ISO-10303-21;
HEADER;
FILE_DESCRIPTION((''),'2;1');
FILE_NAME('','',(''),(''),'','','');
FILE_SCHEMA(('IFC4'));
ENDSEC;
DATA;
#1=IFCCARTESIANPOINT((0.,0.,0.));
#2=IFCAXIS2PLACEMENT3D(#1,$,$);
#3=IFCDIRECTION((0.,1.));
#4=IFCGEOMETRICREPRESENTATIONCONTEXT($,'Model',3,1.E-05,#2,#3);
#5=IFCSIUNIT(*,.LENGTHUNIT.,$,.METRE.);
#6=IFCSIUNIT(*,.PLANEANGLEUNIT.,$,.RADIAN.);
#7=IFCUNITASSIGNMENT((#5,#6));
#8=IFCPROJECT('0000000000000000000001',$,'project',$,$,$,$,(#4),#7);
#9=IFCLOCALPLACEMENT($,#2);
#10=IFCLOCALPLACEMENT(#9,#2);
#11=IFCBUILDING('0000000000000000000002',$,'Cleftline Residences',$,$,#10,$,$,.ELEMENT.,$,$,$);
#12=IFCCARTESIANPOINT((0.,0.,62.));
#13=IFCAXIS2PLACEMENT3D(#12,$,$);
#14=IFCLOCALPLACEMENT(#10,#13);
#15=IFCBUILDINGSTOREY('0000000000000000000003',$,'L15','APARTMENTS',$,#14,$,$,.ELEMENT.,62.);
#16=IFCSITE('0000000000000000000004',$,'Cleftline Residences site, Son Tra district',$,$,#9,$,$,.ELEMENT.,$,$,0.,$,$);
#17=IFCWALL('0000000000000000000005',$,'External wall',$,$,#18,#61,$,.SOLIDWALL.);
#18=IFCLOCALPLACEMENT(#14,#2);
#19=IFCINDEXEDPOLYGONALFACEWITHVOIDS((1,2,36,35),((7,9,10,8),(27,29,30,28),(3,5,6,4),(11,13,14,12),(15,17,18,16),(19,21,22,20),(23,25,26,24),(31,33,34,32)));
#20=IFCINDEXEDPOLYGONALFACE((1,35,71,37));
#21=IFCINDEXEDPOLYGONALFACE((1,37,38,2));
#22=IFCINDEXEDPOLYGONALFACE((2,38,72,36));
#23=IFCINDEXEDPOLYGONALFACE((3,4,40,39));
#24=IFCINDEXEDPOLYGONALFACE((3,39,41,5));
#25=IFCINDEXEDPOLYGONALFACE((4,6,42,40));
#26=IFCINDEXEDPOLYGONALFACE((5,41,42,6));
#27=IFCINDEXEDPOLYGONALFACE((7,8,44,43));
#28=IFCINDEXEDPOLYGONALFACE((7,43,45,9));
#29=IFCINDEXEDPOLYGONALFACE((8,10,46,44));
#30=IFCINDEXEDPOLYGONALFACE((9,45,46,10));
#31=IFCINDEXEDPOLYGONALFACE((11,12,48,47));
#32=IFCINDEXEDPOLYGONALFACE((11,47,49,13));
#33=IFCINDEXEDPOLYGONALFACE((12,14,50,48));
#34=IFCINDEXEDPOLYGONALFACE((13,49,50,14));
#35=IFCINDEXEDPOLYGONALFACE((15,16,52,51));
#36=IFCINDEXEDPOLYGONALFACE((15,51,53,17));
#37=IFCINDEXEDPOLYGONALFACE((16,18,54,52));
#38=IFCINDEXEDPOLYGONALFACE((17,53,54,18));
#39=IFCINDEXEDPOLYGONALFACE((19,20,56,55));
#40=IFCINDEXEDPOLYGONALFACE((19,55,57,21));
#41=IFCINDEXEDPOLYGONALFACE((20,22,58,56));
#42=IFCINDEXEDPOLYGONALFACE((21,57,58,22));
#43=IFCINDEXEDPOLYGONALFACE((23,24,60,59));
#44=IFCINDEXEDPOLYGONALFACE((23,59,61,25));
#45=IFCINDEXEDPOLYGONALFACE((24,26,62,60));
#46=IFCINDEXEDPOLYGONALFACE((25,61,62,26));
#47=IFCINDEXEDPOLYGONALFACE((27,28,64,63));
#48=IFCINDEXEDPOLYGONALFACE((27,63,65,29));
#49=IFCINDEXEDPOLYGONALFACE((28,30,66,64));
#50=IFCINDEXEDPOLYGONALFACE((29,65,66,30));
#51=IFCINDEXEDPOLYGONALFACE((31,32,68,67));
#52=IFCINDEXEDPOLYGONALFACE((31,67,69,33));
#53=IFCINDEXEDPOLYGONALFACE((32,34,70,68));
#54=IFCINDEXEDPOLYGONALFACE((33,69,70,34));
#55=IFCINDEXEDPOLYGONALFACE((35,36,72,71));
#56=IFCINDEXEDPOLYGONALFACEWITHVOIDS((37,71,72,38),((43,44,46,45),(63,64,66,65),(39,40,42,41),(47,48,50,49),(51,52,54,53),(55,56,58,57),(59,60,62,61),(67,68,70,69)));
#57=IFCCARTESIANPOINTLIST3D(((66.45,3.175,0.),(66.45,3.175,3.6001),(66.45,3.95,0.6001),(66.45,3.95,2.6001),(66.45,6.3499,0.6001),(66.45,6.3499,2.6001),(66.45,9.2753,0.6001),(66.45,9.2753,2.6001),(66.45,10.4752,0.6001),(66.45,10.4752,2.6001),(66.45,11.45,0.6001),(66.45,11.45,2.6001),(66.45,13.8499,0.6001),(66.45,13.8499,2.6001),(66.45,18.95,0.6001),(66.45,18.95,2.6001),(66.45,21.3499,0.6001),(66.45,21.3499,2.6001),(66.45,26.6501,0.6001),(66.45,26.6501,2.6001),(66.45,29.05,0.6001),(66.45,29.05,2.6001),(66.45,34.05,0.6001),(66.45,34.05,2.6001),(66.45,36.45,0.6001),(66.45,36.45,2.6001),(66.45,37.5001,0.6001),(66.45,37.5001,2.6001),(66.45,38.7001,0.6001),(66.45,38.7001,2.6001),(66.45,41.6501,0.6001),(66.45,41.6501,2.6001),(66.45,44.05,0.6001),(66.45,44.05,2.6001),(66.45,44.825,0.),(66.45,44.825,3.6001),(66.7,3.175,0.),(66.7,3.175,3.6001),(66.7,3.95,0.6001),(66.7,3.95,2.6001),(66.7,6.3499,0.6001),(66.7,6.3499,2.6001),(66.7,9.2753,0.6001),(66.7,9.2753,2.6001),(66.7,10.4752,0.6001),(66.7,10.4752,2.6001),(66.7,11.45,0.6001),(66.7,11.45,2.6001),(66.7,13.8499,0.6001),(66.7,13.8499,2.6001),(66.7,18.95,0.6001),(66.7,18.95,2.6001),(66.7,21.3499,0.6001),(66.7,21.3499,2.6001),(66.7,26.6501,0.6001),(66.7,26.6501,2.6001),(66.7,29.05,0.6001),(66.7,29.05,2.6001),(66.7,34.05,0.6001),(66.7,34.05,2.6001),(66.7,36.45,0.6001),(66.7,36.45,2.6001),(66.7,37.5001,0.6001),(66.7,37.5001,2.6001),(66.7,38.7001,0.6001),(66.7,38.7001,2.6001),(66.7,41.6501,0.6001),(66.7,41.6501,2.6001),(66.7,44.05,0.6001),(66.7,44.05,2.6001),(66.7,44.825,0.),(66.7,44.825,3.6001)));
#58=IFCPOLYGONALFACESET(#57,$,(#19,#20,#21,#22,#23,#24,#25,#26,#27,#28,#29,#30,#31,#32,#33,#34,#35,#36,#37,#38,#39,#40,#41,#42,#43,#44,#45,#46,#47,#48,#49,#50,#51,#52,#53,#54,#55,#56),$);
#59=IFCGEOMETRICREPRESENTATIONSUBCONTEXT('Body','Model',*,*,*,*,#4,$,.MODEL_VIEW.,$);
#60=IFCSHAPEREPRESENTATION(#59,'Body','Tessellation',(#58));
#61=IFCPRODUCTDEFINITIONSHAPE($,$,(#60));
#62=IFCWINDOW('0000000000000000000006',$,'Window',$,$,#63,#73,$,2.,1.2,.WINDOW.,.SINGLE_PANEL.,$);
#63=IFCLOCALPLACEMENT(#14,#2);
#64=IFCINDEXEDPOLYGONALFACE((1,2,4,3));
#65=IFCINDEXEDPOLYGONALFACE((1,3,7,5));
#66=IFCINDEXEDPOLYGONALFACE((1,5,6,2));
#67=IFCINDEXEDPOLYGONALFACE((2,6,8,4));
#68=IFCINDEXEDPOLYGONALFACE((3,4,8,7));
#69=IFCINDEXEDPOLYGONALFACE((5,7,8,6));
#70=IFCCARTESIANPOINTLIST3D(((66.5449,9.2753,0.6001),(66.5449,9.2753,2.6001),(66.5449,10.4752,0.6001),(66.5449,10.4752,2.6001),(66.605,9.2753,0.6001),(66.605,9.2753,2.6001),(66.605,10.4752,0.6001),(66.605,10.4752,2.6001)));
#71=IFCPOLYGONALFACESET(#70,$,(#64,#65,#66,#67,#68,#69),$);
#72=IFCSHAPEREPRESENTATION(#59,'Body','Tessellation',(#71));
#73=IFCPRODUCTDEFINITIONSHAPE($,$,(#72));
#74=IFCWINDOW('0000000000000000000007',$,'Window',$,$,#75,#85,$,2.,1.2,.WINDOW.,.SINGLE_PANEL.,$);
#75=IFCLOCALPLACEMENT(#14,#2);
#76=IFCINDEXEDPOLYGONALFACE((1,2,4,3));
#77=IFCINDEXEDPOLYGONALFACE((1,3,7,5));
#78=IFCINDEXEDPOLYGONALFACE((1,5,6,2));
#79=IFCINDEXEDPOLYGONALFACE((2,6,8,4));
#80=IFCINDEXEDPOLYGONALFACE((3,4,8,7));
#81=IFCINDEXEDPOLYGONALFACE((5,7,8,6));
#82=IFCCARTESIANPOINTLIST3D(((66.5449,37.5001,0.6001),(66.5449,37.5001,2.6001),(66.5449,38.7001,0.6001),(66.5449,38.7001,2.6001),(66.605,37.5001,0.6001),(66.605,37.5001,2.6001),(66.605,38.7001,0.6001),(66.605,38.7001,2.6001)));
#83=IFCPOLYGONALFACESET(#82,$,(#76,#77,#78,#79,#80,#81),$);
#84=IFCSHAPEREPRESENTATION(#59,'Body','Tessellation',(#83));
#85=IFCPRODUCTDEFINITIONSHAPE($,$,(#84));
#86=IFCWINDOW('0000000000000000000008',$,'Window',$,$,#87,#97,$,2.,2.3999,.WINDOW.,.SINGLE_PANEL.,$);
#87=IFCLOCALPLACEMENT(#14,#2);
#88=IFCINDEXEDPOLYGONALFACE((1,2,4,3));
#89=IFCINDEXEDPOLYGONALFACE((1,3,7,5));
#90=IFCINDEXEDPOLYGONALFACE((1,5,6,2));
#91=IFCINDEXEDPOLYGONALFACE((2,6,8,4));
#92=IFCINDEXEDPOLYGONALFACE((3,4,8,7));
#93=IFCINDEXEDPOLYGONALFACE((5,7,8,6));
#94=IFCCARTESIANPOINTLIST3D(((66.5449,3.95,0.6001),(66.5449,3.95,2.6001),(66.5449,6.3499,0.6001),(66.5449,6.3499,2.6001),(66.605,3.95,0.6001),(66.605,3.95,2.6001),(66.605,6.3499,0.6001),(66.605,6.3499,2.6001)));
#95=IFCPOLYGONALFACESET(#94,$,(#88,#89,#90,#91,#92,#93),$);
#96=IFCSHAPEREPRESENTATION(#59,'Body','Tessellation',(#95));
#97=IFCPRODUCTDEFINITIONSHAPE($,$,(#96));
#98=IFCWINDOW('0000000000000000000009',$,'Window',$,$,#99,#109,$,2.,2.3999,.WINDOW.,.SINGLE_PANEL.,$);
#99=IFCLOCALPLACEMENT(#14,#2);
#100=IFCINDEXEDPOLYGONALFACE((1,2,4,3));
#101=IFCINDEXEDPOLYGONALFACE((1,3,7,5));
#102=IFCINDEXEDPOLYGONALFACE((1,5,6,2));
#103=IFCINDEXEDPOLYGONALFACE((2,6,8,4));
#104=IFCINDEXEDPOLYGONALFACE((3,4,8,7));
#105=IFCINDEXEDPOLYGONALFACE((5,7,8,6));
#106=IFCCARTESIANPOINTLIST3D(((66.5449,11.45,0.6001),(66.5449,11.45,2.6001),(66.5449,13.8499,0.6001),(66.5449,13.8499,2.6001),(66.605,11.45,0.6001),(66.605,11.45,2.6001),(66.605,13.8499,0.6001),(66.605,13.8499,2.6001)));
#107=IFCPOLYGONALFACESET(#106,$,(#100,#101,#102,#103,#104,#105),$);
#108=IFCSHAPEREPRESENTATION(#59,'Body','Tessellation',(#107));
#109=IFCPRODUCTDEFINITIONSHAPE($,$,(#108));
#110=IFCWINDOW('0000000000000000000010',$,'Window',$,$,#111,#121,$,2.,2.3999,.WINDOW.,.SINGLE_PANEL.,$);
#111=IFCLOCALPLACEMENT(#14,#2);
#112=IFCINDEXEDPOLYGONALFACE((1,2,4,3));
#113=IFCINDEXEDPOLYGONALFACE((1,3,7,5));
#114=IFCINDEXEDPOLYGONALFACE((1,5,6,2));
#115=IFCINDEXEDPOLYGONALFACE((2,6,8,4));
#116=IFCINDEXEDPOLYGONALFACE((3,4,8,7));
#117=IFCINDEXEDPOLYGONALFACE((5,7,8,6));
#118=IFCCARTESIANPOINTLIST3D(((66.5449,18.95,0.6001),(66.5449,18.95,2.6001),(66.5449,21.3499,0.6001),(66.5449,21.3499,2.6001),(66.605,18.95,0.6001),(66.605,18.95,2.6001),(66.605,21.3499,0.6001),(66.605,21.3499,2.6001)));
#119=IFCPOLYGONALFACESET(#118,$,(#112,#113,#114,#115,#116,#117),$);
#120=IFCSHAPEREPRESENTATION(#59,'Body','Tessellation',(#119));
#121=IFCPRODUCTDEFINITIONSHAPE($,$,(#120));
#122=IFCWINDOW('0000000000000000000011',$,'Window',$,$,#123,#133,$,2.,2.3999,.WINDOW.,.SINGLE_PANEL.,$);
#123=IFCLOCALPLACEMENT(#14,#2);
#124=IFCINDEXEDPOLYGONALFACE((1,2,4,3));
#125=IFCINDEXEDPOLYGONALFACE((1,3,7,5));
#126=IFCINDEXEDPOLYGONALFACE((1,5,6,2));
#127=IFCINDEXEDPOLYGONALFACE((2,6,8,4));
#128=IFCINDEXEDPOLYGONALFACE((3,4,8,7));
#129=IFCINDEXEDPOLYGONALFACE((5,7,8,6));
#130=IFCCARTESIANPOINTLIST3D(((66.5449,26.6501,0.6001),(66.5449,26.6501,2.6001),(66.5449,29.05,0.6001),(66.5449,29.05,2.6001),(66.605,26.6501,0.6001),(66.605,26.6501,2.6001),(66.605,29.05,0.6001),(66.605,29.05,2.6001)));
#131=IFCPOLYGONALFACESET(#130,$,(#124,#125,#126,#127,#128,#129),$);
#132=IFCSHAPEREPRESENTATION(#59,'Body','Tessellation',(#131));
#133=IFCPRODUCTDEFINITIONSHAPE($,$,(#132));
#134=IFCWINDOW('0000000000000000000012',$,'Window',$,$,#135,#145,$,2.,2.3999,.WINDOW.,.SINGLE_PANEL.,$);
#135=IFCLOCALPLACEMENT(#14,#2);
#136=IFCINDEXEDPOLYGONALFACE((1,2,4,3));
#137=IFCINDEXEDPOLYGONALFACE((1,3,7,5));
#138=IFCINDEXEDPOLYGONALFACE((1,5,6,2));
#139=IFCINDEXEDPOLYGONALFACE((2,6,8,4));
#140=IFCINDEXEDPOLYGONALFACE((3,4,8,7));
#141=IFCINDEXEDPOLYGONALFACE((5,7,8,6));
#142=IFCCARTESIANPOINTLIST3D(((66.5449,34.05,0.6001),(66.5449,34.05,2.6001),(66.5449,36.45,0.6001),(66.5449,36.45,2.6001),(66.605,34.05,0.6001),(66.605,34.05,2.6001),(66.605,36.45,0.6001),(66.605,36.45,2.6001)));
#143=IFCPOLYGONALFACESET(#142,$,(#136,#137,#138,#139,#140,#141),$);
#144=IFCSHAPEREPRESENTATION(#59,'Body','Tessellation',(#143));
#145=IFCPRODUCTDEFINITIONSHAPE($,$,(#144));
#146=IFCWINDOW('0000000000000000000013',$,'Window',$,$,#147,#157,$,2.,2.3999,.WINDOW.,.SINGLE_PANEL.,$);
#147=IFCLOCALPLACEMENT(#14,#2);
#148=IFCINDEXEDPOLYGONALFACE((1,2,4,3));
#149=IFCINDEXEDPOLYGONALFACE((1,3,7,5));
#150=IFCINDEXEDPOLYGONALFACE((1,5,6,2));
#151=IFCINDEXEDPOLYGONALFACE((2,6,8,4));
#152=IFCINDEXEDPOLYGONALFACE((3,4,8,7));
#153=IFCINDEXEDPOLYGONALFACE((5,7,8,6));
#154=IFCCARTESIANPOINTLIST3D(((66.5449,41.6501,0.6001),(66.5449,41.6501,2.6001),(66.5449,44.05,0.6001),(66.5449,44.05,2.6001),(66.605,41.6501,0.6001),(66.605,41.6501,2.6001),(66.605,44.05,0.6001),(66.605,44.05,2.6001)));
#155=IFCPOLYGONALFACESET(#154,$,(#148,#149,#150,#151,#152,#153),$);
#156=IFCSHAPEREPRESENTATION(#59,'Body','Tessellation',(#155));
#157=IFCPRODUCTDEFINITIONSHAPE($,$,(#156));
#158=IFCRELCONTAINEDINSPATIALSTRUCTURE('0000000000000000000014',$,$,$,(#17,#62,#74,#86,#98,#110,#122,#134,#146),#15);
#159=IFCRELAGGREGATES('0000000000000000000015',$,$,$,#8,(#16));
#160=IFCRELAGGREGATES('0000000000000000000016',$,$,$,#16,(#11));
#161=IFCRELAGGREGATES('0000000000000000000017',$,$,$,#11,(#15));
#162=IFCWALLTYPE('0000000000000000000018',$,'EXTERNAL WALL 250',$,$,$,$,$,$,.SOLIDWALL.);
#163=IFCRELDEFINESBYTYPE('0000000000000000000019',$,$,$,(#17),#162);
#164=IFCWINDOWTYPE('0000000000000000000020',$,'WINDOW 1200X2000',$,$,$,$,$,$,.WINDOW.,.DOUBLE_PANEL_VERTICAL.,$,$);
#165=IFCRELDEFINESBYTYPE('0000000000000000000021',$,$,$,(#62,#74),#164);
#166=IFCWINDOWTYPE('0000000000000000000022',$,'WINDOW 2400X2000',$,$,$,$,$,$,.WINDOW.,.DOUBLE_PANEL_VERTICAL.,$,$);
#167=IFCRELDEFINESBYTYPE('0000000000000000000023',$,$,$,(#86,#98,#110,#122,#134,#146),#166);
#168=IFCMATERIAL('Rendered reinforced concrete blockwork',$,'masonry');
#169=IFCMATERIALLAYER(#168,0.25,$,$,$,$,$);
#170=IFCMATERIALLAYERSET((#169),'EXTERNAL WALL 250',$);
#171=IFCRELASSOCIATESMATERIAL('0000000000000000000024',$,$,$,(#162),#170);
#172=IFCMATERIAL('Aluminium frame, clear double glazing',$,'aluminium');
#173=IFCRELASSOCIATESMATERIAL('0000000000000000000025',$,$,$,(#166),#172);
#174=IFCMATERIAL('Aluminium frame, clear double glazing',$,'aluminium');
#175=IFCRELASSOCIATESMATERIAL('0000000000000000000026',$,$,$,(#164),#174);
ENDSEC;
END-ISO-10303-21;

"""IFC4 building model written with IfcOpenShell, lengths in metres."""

from ifc_helpers import new_model, si_unit, direction, frame, frame_2d, origin, place, context, subcontext, project, spatial, rectangle, extrude, material, layer, layer_set, type_object, element, fill, save


model = new_model("IFC4")

# Units and contexts
model_context = context("Model", 3, precision=1e-05, world=origin(), true_north=direction((0.0, 1.0)))
body_context = subcontext(model_context, "Body", "Model", "MODEL_VIEW")
ifc_project = project(units=[si_unit("LENGTHUNIT", "METRE"), si_unit("PLANEANGLEUNIT", "RADIAN")], contexts=[model_context])

# Site, building, storey
site_placement = place(None, origin())
site = spatial("IfcSite", under=ifc_project, at=site_placement, Name="Cleftline Residences site, Son Tra district", CompositionType="ELEMENT", RefElevation=0.0)
building_placement = place(site_placement, origin())
building = spatial("IfcBuilding", under=site, at=building_placement, Name="Cleftline Residences", CompositionType="ELEMENT")
storey_placement = place(building_placement, frame((0.0, 0.0, 62.0)))
storey = spatial("IfcBuildingStorey", under=building, at=storey_placement, Name="L15", Description="APARTMENTS", CompositionType="ELEMENT", Elevation=62.0)

# Shared definitions
ifc_material_1 = material(Name="Rendered reinforced concrete blockwork", Category="masonry")
ifc_layer_1 = layer(ifc_material_1, 0.25)
ifc_layer_set_1 = layer_set([ifc_layer_1], Name="EXTERNAL WALL 250")
wall_type_1 = type_object("IfcWallType", Name="EXTERNAL WALL 250", PredefinedType="SOLIDWALL", material=ifc_layer_set_1)
ifc_material_2 = material(Name="Aluminium frame, clear double glazing", Category="aluminium")
window_type_1 = type_object("IfcWindowType", Name="WINDOW 2400X2000", PartitioningType="DOUBLE_PANEL_VERTICAL", PredefinedType="WINDOW", material=ifc_material_2)

# Wall, openings, windows
wall_1_placement = place(storey_placement, frame((66.575, 3.175, 0.0), z_axis=(0.0, 0.0, 1.0), x_axis=(0.0, 1.0, 0.0)))
wall_1 = element("IfcWall", 1, at=wall_1_placement, inside=storey, type_object=wall_type_1, Name="External wall", PredefinedType="SOLIDWALL", context=body_context, shape_type="SweptSolid", body=[
    extrude(rectangle(XDim=41.6499, YDim=0.25, at=frame_2d((20.825, 0.0))), origin(), (0.0, 0.0, 1.0), 3.6001),
])
opening_1_placement = place(wall_1_placement, frame((0.7749, 0.0, 0.6001)))
opening_1 = element("IfcOpeningElement", 2, at=opening_1_placement, cuts=wall_1, PredefinedType="OPENING", context=body_context, shape_type="SweptSolid", body=[
    extrude(rectangle(XDim=2.3999, YDim=2.0, at=frame_2d((1.2, 1.0))), frame((0.0, 0.135, 0.0), z_axis=(0.0, -1.0, 0.0), x_axis=(1.0, 0.0, 0.0)), (0.0, 0.0, 1.0), 0.27),
])
opening_2_placement = place(wall_1_placement, frame((6.1001, 0.0, 0.6001)))
opening_2 = element("IfcOpeningElement", 3, at=opening_2_placement, cuts=wall_1, PredefinedType="OPENING", context=body_context, shape_type="SweptSolid", body=[
    extrude(rectangle(XDim=1.2, YDim=2.0, at=frame_2d((0.6001, 1.0))), frame((0.0, 0.135, 0.0), z_axis=(0.0, -1.0, 0.0), x_axis=(1.0, 0.0, 0.0)), (0.0, 0.0, 1.0), 0.27),
])
opening_3_placement = place(wall_1_placement, frame((8.2749, 0.0, 0.6001)))
opening_3 = element("IfcOpeningElement", 4, at=opening_3_placement, cuts=wall_1, PredefinedType="OPENING", context=body_context, shape_type="SweptSolid", body=[
    extrude(rectangle(XDim=2.3999, YDim=2.0, at=frame_2d((1.2, 1.0))), frame((0.0, 0.135, 0.0), z_axis=(0.0, -1.0, 0.0), x_axis=(1.0, 0.0, 0.0)), (0.0, 0.0, 1.0), 0.27),
])
opening_4_placement = place(wall_1_placement, frame((15.7749, 0.0, 0.6001)))
opening_4 = element("IfcOpeningElement", 5, at=opening_4_placement, cuts=wall_1, PredefinedType="OPENING", context=body_context, shape_type="SweptSolid", body=[
    extrude(rectangle(XDim=2.3999, YDim=2.0, at=frame_2d((1.2, 1.0))), frame((0.0, 0.135, 0.0), z_axis=(0.0, -1.0, 0.0), x_axis=(1.0, 0.0, 0.0)), (0.0, 0.0, 1.0), 0.27),
])
opening_5_placement = place(wall_1_placement, frame((23.4751, 0.0, 0.6001)))
opening_5 = element("IfcOpeningElement", 6, at=opening_5_placement, cuts=wall_1, PredefinedType="OPENING", context=body_context, shape_type="SweptSolid", body=[
    extrude(rectangle(XDim=2.3999, YDim=2.0, at=frame_2d((1.2, 1.0))), frame((0.0, 0.135, 0.0), z_axis=(0.0, -1.0, 0.0), x_axis=(1.0, 0.0, 0.0)), (0.0, 0.0, 1.0), 0.27),
])
opening_6_placement = place(wall_1_placement, frame((30.875, 0.0, 0.6001)))
opening_6 = element("IfcOpeningElement", 7, at=opening_6_placement, cuts=wall_1, PredefinedType="OPENING", context=body_context, shape_type="SweptSolid", body=[
    extrude(rectangle(XDim=2.3999, YDim=2.0, at=frame_2d((1.2, 1.0))), frame((0.0, 0.135, 0.0), z_axis=(0.0, -1.0, 0.0), x_axis=(1.0, 0.0, 0.0)), (0.0, 0.0, 1.0), 0.27),
])
opening_7_placement = place(wall_1_placement, frame((34.325, 0.0, 0.6001)))
opening_7 = element("IfcOpeningElement", 8, at=opening_7_placement, cuts=wall_1, PredefinedType="OPENING", context=body_context, shape_type="SweptSolid", body=[
    extrude(rectangle(XDim=1.2, YDim=2.0, at=frame_2d((0.6001, 1.0))), frame((0.0, 0.135, 0.0), z_axis=(0.0, -1.0, 0.0), x_axis=(1.0, 0.0, 0.0)), (0.0, 0.0, 1.0), 0.27),
])
opening_8_placement = place(wall_1_placement, frame((38.4751, 0.0, 0.6001)))
opening_8 = element("IfcOpeningElement", 9, at=opening_8_placement, cuts=wall_1, PredefinedType="OPENING", context=body_context, shape_type="SweptSolid", body=[
    extrude(rectangle(XDim=2.3999, YDim=2.0, at=frame_2d((1.2, 1.0))), frame((0.0, 0.135, 0.0), z_axis=(0.0, -1.0, 0.0), x_axis=(1.0, 0.0, 0.0)), (0.0, 0.0, 1.0), 0.27),
])
ifc_material_3 = material(Name="Aluminium frame, clear double glazing", Category="aluminium")
window_type_2 = type_object("IfcWindowType", Name="WINDOW 1200X2000", PartitioningType="DOUBLE_PANEL_VERTICAL", PredefinedType="WINDOW", material=ifc_material_3)
window_1_placement = place(opening_2_placement, origin())
window_1 = element("IfcWindow", 10, at=window_1_placement, inside=storey, type_object=window_type_2, Name="Window", OverallHeight=2.0, OverallWidth=1.2, PartitioningType="SINGLE_PANEL", PredefinedType="WINDOW", context=body_context, shape_type="SweptSolid", body=[
    extrude(rectangle(XDim=1.2, YDim=2.0, at=frame_2d((0.6001, 1.0))), frame((0.0, 0.03, 0.0), z_axis=(0.0, -1.0, 0.0), x_axis=(1.0, 0.0, 0.0)), (0.0, 0.0, 1.0), 0.0601),
])
fill(opening_2, window_1)
window_2_placement = place(opening_7_placement, origin())
window_2 = element("IfcWindow", 11, at=window_2_placement, inside=storey, type_object=window_type_2, Name="Window", OverallHeight=2.0, OverallWidth=1.2, PartitioningType="SINGLE_PANEL", PredefinedType="WINDOW", context=body_context, shape_type="SweptSolid", body=[
    extrude(rectangle(XDim=1.2, YDim=2.0, at=frame_2d((0.6001, 1.0))), frame((0.0, 0.03, 0.0), z_axis=(0.0, -1.0, 0.0), x_axis=(1.0, 0.0, 0.0)), (0.0, 0.0, 1.0), 0.0601),
])
fill(opening_7, window_2)
window_3_placement = place(opening_1_placement, origin())
window_3 = element("IfcWindow", 12, at=window_3_placement, inside=storey, type_object=window_type_1, Name="Window", OverallHeight=2.0, OverallWidth=2.3999, PartitioningType="SINGLE_PANEL", PredefinedType="WINDOW", context=body_context, shape_type="SweptSolid", body=[
    extrude(rectangle(XDim=2.3999, YDim=2.0, at=frame_2d((1.2, 1.0))), frame((0.0, 0.03, 0.0), z_axis=(0.0, -1.0, 0.0), x_axis=(1.0, 0.0, 0.0)), (0.0, 0.0, 1.0), 0.0601),
])
fill(opening_1, window_3)
window_4_placement = place(opening_3_placement, origin())
window_4 = element("IfcWindow", 13, at=window_4_placement, inside=storey, type_object=window_type_1, Name="Window", OverallHeight=2.0, OverallWidth=2.3999, PartitioningType="SINGLE_PANEL", PredefinedType="WINDOW", context=body_context, shape_type="SweptSolid", body=[
    extrude(rectangle(XDim=2.3999, YDim=2.0, at=frame_2d((1.2, 1.0))), frame((0.0, 0.03, 0.0), z_axis=(0.0, -1.0, 0.0), x_axis=(1.0, 0.0, 0.0)), (0.0, 0.0, 1.0), 0.0601),
])
fill(opening_3, window_4)
window_5_placement = place(opening_4_placement, origin())
window_5 = element("IfcWindow", 14, at=window_5_placement, inside=storey, type_object=window_type_1, Name="Window", OverallHeight=2.0, OverallWidth=2.3999, PartitioningType="SINGLE_PANEL", PredefinedType="WINDOW", context=body_context, shape_type="SweptSolid", body=[
    extrude(rectangle(XDim=2.3999, YDim=2.0, at=frame_2d((1.2, 1.0))), frame((0.0, 0.03, 0.0), z_axis=(0.0, -1.0, 0.0), x_axis=(1.0, 0.0, 0.0)), (0.0, 0.0, 1.0), 0.0601),
])
fill(opening_4, window_5)
window_6_placement = place(opening_5_placement, origin())
window_6 = element("IfcWindow", 15, at=window_6_placement, inside=storey, type_object=window_type_1, Name="Window", OverallHeight=2.0, OverallWidth=2.3999, PartitioningType="SINGLE_PANEL", PredefinedType="WINDOW", context=body_context, shape_type="SweptSolid", body=[
    extrude(rectangle(XDim=2.3999, YDim=2.0, at=frame_2d((1.2, 1.0))), frame((0.0, 0.03, 0.0), z_axis=(0.0, -1.0, 0.0), x_axis=(1.0, 0.0, 0.0)), (0.0, 0.0, 1.0), 0.0601),
])
fill(opening_5, window_6)
window_7_placement = place(opening_6_placement, origin())
window_7 = element("IfcWindow", 16, at=window_7_placement, inside=storey, type_object=window_type_1, Name="Window", OverallHeight=2.0, OverallWidth=2.3999, PartitioningType="SINGLE_PANEL", PredefinedType="WINDOW", context=body_context, shape_type="SweptSolid", body=[
    extrude(rectangle(XDim=2.3999, YDim=2.0, at=frame_2d((1.2, 1.0))), frame((0.0, 0.03, 0.0), z_axis=(0.0, -1.0, 0.0), x_axis=(1.0, 0.0, 0.0)), (0.0, 0.0, 1.0), 0.0601),
])
fill(opening_6, window_7)
window_8_placement = place(opening_8_placement, origin())
window_8 = element("IfcWindow", 17, at=window_8_placement, inside=storey, type_object=window_type_1, Name="Window", OverallHeight=2.0, OverallWidth=2.3999, PartitioningType="SINGLE_PANEL", PredefinedType="WINDOW", context=body_context, shape_type="SweptSolid", body=[
    extrude(rectangle(XDim=2.3999, YDim=2.0, at=frame_2d((1.2, 1.0))), frame((0.0, 0.03, 0.0), z_axis=(0.0, -1.0, 0.0), x_axis=(1.0, 0.0, 0.0)), (0.0, 0.0, 1.0), 0.0601),
])
fill(opening_8, window_8)

save(model, "model.ifc")
